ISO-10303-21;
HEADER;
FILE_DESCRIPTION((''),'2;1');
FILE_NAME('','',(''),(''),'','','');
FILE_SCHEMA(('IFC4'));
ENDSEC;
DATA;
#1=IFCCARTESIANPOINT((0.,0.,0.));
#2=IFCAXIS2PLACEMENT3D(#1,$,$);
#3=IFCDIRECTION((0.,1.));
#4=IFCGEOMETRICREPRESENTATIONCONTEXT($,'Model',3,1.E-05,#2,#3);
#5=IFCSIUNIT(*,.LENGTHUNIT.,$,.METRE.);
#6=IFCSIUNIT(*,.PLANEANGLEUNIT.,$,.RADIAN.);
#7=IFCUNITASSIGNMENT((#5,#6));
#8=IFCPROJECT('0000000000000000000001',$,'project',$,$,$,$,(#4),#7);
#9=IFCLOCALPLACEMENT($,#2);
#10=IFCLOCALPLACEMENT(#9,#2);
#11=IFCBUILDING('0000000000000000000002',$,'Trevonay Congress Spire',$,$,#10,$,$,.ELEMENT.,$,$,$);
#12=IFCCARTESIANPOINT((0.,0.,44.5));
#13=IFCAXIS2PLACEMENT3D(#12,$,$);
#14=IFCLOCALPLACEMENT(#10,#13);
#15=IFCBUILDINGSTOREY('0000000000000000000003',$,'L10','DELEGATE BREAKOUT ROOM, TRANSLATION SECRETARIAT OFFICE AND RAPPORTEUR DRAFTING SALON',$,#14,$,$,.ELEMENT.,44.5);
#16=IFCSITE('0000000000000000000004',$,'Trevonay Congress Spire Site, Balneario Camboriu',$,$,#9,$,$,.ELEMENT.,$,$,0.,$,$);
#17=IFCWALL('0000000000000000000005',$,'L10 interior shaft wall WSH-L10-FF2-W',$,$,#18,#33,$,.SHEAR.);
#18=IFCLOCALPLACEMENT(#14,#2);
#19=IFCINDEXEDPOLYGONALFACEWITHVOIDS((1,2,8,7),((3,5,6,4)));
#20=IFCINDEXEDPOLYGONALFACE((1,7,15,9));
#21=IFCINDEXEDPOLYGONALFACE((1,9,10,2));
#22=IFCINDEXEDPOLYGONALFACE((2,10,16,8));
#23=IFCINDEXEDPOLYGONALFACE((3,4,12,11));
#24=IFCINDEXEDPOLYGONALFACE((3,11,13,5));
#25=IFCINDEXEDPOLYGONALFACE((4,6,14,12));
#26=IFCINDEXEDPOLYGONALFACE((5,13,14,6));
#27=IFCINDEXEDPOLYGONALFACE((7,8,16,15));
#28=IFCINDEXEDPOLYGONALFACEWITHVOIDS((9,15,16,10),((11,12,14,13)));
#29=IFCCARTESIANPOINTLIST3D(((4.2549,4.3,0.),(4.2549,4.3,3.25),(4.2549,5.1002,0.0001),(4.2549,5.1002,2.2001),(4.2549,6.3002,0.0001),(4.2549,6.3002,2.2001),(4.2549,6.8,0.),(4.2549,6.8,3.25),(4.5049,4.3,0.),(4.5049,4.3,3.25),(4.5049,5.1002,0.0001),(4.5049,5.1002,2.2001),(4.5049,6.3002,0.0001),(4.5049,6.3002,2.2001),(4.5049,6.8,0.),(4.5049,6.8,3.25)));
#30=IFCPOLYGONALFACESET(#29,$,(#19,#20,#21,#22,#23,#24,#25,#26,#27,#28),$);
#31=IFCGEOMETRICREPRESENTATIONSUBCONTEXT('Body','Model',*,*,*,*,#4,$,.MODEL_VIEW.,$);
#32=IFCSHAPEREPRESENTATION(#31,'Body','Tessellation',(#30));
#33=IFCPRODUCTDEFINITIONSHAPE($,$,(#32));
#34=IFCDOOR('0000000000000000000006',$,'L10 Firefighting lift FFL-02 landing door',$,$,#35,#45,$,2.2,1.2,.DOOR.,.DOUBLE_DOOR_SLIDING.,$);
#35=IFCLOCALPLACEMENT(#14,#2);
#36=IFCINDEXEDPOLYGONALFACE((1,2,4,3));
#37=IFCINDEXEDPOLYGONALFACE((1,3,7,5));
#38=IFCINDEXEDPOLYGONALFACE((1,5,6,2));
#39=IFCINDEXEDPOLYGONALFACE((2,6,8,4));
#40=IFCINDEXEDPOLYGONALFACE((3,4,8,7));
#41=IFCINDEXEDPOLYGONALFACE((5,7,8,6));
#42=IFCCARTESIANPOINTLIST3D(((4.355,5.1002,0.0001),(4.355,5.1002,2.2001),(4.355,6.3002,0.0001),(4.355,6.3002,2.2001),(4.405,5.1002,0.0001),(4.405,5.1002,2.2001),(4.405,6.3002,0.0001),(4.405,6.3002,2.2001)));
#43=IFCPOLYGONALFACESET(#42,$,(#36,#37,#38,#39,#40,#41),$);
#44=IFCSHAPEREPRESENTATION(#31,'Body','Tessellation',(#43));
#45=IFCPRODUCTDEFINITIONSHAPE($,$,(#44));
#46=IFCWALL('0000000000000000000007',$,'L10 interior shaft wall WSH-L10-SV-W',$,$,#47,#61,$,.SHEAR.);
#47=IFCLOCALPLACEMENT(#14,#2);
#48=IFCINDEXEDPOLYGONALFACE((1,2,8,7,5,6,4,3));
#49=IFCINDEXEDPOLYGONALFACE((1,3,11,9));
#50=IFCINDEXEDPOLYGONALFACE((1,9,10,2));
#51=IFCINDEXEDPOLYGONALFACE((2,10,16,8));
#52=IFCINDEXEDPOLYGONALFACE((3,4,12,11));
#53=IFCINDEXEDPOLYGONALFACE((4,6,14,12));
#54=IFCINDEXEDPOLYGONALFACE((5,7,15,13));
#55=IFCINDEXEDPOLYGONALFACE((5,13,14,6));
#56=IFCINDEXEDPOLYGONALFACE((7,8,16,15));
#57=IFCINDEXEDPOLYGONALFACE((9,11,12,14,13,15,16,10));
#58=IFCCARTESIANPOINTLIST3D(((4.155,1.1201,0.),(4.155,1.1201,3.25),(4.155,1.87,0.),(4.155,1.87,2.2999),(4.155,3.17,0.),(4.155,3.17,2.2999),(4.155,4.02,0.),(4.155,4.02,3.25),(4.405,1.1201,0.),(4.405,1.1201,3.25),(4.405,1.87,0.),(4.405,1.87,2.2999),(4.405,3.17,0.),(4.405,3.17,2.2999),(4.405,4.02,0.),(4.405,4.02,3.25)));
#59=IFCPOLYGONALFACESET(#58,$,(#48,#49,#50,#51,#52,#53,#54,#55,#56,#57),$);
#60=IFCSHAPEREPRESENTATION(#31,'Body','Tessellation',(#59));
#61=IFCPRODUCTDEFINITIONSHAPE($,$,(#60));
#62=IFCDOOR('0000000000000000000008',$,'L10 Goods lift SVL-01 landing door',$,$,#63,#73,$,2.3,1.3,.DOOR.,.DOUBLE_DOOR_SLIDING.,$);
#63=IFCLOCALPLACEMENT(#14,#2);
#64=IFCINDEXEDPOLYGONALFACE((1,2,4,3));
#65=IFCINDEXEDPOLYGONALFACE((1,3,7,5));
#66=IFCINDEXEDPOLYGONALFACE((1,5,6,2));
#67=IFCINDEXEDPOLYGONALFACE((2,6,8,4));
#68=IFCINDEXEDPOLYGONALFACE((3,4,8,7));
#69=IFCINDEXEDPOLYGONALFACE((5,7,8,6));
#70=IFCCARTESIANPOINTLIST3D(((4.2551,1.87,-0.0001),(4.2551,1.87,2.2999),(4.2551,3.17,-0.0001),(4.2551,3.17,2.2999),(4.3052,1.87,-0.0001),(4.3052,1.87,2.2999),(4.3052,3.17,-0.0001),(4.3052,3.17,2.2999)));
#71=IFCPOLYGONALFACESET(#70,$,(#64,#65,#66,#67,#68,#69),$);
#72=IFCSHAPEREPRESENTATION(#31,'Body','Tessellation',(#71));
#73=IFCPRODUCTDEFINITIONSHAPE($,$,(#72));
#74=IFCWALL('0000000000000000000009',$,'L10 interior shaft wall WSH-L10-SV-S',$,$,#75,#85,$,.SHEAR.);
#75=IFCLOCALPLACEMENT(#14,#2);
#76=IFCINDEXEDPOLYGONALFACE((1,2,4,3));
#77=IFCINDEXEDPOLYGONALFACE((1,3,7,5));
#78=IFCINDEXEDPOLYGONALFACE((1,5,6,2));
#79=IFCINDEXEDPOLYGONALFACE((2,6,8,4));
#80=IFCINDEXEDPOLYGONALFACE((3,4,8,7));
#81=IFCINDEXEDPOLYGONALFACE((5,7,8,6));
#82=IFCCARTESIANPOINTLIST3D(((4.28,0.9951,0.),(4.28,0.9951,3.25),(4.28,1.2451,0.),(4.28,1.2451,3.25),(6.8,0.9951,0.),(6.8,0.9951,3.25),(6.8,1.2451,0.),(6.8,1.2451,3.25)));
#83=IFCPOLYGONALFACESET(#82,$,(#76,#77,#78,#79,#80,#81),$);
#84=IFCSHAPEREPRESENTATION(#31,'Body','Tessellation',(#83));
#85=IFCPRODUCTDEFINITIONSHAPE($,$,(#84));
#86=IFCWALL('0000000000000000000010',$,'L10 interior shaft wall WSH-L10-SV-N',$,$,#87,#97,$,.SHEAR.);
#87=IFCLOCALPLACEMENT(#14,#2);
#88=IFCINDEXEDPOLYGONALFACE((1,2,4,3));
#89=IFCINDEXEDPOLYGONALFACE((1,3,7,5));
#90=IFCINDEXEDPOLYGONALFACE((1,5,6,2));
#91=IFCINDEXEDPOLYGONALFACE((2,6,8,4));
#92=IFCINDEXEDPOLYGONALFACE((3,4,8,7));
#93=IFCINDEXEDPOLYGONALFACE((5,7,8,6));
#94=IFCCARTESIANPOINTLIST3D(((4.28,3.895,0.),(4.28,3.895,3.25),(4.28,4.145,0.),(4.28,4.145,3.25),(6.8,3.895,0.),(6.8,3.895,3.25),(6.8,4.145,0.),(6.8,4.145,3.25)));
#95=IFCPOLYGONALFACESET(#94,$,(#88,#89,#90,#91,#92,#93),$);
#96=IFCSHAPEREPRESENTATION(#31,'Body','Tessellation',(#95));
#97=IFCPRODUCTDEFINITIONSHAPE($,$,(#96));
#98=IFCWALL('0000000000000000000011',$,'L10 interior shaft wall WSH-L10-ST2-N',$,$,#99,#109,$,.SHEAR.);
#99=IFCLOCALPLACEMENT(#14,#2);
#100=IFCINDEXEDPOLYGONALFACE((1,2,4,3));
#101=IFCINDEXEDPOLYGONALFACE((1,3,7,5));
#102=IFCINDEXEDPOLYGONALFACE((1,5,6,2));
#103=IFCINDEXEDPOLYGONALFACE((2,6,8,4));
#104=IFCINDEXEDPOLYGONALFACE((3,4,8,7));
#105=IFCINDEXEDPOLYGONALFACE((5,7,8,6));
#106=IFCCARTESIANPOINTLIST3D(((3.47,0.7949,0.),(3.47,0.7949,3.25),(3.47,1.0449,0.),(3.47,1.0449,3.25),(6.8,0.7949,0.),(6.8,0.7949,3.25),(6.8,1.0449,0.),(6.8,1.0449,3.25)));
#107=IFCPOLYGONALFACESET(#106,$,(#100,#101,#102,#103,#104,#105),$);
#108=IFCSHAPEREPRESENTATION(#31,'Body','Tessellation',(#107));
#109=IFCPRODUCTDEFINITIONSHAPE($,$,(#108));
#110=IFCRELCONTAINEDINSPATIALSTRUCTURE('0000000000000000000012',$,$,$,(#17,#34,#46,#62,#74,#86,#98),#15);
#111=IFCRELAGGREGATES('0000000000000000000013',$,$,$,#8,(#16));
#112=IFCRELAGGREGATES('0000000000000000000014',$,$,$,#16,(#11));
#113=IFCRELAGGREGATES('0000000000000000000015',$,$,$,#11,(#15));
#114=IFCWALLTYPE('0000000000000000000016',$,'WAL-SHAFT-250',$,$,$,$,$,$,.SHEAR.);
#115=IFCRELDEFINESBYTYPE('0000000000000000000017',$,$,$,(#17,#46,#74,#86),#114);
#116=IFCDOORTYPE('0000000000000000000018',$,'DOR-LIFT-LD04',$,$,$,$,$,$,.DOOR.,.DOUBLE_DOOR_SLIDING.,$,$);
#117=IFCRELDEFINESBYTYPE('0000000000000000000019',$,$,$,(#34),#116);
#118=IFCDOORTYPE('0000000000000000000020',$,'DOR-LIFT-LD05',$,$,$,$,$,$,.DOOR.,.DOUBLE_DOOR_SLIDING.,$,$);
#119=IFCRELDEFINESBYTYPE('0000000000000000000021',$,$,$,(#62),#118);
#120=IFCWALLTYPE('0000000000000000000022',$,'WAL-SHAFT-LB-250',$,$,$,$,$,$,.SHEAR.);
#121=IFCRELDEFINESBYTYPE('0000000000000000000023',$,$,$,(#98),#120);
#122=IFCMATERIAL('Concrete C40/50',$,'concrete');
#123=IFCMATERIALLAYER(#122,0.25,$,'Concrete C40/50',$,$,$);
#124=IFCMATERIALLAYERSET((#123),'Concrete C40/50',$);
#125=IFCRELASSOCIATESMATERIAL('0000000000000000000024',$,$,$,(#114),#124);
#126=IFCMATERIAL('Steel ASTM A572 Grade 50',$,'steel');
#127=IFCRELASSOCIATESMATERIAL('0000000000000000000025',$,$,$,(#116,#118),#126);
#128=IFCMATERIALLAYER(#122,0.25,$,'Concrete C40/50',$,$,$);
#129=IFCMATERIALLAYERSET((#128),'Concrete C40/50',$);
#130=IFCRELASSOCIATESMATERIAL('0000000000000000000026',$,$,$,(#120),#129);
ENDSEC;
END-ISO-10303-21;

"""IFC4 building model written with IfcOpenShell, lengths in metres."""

from ifc_helpers import new_model, si_unit, direction, frame, frame_2d, origin, place, context, subcontext, project, spatial, rectangle, extrude, material, layer, layer_set, type_object, element, fill, save


model = new_model("IFC4")

# Units and contexts
model_context = context("Model", 3, precision=1e-05, world=origin(), true_north=direction((0.0, 1.0)))
body_context = subcontext(model_context, "Body", "Model", "MODEL_VIEW")
ifc_project = project(units=[si_unit("LENGTHUNIT", "METRE"), si_unit("PLANEANGLEUNIT", "RADIAN")], contexts=[model_context])

# Site, building, storey
site_placement = place(None, origin())
site = spatial("IfcSite", under=ifc_project, at=site_placement, Name="Trevonay Congress Spire Site, Balneario Camboriu", CompositionType="ELEMENT", RefElevation=0.0)
building_placement = place(site_placement, origin())
building = spatial("IfcBuilding", under=site, at=building_placement, Name="Trevonay Congress Spire", CompositionType="ELEMENT")
storey_placement = place(building_placement, frame((0.0, 0.0, 44.5)))
storey = spatial("IfcBuildingStorey", under=building, at=storey_placement, Name="L10", Description="DELEGATE BREAKOUT ROOM, TRANSLATION SECRETARIAT OFFICE AND RAPPORTEUR DRAFTING SALON", CompositionType="ELEMENT", Elevation=44.5)

# Shared definitions
ifc_material_1 = material(Name="Steel ASTM A572 Grade 50", Category="steel")

# Shared definitions
ifc_material_2 = material(Name="Concrete C40/50", Category="concrete")
ifc_layer_1 = layer(ifc_material_2, 0.25, Name="Concrete C40/50")
ifc_layer_set_1 = layer_set([ifc_layer_1], Name="Concrete C40/50")
wall_type_1 = type_object("IfcWallType", Name="WAL-SHAFT-250", PredefinedType="SHEAR", material=ifc_layer_set_1)

# Walls, openings, doors
wall_1_placement = place(storey_placement, frame((4.3799, 4.3, 0.0), z_axis=(0.0, 0.0, 1.0), x_axis=(0.0, 1.0, 0.0)))
wall_1 = element("IfcWall", 1, at=wall_1_placement, inside=storey, type_object=wall_type_1, Name="L10 interior shaft wall WSH-L10-FF2-W", PredefinedType="SHEAR", context=body_context, shape_type="SweptSolid", body=[
    extrude(rectangle(XDim=2.5, YDim=0.25, at=frame_2d((1.25, 0.0))), origin(), (0.0, 0.0, 1.0), 3.25),
])
opening_1_placement = place(wall_1_placement, frame((0.8, 0.0, 0.0)))
opening_1 = element("IfcOpeningElement", 2, at=opening_1_placement, cuts=wall_1, PredefinedType="OPENING", context=body_context, shape_type="SweptSolid", body=[
    extrude(rectangle(XDim=1.2, YDim=2.2, at=frame_2d((0.6001, 1.1001))), frame((0.0, 0.135, 0.0), z_axis=(0.0, -1.0, 0.0), x_axis=(1.0, 0.0, 0.0)), (0.0, 0.0, 1.0), 0.27),
])
door_type_1 = type_object("IfcDoorType", Name="DOR-LIFT-LD04", OperationType="DOUBLE_DOOR_SLIDING", PredefinedType="DOOR", material=ifc_material_1)
door_1_placement = place(opening_1_placement, origin())
door_1 = element("IfcDoor", 3, at=door_1_placement, inside=storey, type_object=door_type_1, Name="L10 Firefighting lift FFL-02 landing door", OperationType="DOUBLE_DOOR_SLIDING", OverallHeight=2.2, OverallWidth=1.2, PredefinedType="DOOR", context=body_context, shape_type="SweptSolid", body=[
    extrude(rectangle(XDim=1.2, YDim=2.2, at=frame_2d((0.6001, 1.1001))), frame((0.0, 0.0249, 0.0), z_axis=(0.0, -1.0, 0.0), x_axis=(1.0, 0.0, 0.0)), (0.0, 0.0, 1.0), 0.05),
])
fill(opening_1, door_1)
wall_2_placement = place(storey_placement, frame((4.28, 1.1201, 0.0), z_axis=(0.0, 0.0, 1.0), x_axis=(0.0, 1.0, 0.0)))
wall_2 = element("IfcWall", 4, at=wall_2_placement, inside=storey, type_object=wall_type_1, Name="L10 interior shaft wall WSH-L10-SV-W", PredefinedType="SHEAR", context=body_context, shape_type="SweptSolid", body=[
    extrude(rectangle(XDim=2.8999, YDim=0.25, at=frame_2d((1.45, 0.0))), origin(), (0.0, 0.0, 1.0), 3.25),
])
opening_2_placement = place(wall_2_placement, frame((0.75, 0.0, 0.0)))
opening_2 = element("IfcOpeningElement", 5, at=opening_2_placement, cuts=wall_2, PredefinedType="OPENING", context=body_context, shape_type="SweptSolid", body=[
    extrude(rectangle(XDim=1.3, YDim=2.3, at=frame_2d((0.6499, 1.1499))), frame((0.0, 0.135, 0.0), z_axis=(0.0, -1.0, 0.0), x_axis=(1.0, 0.0, 0.0)), (0.0, 0.0, 1.0), 0.27),
])
door_type_2 = type_object("IfcDoorType", Name="DOR-LIFT-LD05", OperationType="DOUBLE_DOOR_SLIDING", PredefinedType="DOOR", material=ifc_material_1)
door_2_placement = place(opening_2_placement, origin())
door_2 = element("IfcDoor", 6, at=door_2_placement, inside=storey, type_object=door_type_2, Name="L10 Goods lift SVL-01 landing door", OperationType="DOUBLE_DOOR_SLIDING", OverallHeight=2.3, OverallWidth=1.3, PredefinedType="DOOR", context=body_context, shape_type="SweptSolid", body=[
    extrude(rectangle(XDim=1.3, YDim=2.3, at=frame_2d((0.6499, 1.1499))), frame((0.0, 0.0249, 0.0), z_axis=(0.0, -1.0, 0.0), x_axis=(1.0, 0.0, 0.0)), (0.0, 0.0, 1.0), 0.05),
])
fill(opening_2, door_2)

# Walls
for number, where, z_axis, x_axis, name in (
    (7, (4.28, 1.1201, 0.0), (0.0, 0.0, 1.0), (1.0, 0.0, 0.0), "L10 interior shaft wall WSH-L10-SV-S"),
    (8, (4.28, 4.02, 0.0), (0.0, 0.0, 1.0), (1.0, 0.0, 0.0), "L10 interior shaft wall WSH-L10-SV-N"),
):
    element("IfcWall", number, at=place(storey_placement, frame(where, z_axis=z_axis, x_axis=x_axis)), inside=storey, type_object=wall_type_1, Name=name, PredefinedType="SHEAR", context=body_context, shape_type="SweptSolid", body=[
        extrude(rectangle(XDim=2.52, YDim=0.25, at=frame_2d((1.26, 0.0))), origin(), (0.0, 0.0, 1.0), 3.25),
    ])
ifc_layer_2 = layer(ifc_material_2, 0.25, Name="Concrete C40/50")
ifc_layer_set_2 = layer_set([ifc_layer_2], Name="Concrete C40/50")
wall_type_2 = type_object("IfcWallType", Name="WAL-SHAFT-LB-250", PredefinedType="SHEAR", material=ifc_layer_set_2)
wall_3_placement = place(storey_placement, frame((3.47, 0.9199, 0.0), z_axis=(0.0, 0.0, 1.0), x_axis=(1.0, 0.0, 0.0)))
element("IfcWall", 9, at=wall_3_placement, inside=storey, type_object=wall_type_2, Name="L10 interior shaft wall WSH-L10-ST2-N", PredefinedType="SHEAR", context=body_context, shape_type="SweptSolid", body=[
    extrude(rectangle(XDim=3.3301, YDim=0.25, at=frame_2d((1.665, 0.0))), origin(), (0.0, 0.0, 1.0), 3.25),
])

save(model, "model.ifc")
